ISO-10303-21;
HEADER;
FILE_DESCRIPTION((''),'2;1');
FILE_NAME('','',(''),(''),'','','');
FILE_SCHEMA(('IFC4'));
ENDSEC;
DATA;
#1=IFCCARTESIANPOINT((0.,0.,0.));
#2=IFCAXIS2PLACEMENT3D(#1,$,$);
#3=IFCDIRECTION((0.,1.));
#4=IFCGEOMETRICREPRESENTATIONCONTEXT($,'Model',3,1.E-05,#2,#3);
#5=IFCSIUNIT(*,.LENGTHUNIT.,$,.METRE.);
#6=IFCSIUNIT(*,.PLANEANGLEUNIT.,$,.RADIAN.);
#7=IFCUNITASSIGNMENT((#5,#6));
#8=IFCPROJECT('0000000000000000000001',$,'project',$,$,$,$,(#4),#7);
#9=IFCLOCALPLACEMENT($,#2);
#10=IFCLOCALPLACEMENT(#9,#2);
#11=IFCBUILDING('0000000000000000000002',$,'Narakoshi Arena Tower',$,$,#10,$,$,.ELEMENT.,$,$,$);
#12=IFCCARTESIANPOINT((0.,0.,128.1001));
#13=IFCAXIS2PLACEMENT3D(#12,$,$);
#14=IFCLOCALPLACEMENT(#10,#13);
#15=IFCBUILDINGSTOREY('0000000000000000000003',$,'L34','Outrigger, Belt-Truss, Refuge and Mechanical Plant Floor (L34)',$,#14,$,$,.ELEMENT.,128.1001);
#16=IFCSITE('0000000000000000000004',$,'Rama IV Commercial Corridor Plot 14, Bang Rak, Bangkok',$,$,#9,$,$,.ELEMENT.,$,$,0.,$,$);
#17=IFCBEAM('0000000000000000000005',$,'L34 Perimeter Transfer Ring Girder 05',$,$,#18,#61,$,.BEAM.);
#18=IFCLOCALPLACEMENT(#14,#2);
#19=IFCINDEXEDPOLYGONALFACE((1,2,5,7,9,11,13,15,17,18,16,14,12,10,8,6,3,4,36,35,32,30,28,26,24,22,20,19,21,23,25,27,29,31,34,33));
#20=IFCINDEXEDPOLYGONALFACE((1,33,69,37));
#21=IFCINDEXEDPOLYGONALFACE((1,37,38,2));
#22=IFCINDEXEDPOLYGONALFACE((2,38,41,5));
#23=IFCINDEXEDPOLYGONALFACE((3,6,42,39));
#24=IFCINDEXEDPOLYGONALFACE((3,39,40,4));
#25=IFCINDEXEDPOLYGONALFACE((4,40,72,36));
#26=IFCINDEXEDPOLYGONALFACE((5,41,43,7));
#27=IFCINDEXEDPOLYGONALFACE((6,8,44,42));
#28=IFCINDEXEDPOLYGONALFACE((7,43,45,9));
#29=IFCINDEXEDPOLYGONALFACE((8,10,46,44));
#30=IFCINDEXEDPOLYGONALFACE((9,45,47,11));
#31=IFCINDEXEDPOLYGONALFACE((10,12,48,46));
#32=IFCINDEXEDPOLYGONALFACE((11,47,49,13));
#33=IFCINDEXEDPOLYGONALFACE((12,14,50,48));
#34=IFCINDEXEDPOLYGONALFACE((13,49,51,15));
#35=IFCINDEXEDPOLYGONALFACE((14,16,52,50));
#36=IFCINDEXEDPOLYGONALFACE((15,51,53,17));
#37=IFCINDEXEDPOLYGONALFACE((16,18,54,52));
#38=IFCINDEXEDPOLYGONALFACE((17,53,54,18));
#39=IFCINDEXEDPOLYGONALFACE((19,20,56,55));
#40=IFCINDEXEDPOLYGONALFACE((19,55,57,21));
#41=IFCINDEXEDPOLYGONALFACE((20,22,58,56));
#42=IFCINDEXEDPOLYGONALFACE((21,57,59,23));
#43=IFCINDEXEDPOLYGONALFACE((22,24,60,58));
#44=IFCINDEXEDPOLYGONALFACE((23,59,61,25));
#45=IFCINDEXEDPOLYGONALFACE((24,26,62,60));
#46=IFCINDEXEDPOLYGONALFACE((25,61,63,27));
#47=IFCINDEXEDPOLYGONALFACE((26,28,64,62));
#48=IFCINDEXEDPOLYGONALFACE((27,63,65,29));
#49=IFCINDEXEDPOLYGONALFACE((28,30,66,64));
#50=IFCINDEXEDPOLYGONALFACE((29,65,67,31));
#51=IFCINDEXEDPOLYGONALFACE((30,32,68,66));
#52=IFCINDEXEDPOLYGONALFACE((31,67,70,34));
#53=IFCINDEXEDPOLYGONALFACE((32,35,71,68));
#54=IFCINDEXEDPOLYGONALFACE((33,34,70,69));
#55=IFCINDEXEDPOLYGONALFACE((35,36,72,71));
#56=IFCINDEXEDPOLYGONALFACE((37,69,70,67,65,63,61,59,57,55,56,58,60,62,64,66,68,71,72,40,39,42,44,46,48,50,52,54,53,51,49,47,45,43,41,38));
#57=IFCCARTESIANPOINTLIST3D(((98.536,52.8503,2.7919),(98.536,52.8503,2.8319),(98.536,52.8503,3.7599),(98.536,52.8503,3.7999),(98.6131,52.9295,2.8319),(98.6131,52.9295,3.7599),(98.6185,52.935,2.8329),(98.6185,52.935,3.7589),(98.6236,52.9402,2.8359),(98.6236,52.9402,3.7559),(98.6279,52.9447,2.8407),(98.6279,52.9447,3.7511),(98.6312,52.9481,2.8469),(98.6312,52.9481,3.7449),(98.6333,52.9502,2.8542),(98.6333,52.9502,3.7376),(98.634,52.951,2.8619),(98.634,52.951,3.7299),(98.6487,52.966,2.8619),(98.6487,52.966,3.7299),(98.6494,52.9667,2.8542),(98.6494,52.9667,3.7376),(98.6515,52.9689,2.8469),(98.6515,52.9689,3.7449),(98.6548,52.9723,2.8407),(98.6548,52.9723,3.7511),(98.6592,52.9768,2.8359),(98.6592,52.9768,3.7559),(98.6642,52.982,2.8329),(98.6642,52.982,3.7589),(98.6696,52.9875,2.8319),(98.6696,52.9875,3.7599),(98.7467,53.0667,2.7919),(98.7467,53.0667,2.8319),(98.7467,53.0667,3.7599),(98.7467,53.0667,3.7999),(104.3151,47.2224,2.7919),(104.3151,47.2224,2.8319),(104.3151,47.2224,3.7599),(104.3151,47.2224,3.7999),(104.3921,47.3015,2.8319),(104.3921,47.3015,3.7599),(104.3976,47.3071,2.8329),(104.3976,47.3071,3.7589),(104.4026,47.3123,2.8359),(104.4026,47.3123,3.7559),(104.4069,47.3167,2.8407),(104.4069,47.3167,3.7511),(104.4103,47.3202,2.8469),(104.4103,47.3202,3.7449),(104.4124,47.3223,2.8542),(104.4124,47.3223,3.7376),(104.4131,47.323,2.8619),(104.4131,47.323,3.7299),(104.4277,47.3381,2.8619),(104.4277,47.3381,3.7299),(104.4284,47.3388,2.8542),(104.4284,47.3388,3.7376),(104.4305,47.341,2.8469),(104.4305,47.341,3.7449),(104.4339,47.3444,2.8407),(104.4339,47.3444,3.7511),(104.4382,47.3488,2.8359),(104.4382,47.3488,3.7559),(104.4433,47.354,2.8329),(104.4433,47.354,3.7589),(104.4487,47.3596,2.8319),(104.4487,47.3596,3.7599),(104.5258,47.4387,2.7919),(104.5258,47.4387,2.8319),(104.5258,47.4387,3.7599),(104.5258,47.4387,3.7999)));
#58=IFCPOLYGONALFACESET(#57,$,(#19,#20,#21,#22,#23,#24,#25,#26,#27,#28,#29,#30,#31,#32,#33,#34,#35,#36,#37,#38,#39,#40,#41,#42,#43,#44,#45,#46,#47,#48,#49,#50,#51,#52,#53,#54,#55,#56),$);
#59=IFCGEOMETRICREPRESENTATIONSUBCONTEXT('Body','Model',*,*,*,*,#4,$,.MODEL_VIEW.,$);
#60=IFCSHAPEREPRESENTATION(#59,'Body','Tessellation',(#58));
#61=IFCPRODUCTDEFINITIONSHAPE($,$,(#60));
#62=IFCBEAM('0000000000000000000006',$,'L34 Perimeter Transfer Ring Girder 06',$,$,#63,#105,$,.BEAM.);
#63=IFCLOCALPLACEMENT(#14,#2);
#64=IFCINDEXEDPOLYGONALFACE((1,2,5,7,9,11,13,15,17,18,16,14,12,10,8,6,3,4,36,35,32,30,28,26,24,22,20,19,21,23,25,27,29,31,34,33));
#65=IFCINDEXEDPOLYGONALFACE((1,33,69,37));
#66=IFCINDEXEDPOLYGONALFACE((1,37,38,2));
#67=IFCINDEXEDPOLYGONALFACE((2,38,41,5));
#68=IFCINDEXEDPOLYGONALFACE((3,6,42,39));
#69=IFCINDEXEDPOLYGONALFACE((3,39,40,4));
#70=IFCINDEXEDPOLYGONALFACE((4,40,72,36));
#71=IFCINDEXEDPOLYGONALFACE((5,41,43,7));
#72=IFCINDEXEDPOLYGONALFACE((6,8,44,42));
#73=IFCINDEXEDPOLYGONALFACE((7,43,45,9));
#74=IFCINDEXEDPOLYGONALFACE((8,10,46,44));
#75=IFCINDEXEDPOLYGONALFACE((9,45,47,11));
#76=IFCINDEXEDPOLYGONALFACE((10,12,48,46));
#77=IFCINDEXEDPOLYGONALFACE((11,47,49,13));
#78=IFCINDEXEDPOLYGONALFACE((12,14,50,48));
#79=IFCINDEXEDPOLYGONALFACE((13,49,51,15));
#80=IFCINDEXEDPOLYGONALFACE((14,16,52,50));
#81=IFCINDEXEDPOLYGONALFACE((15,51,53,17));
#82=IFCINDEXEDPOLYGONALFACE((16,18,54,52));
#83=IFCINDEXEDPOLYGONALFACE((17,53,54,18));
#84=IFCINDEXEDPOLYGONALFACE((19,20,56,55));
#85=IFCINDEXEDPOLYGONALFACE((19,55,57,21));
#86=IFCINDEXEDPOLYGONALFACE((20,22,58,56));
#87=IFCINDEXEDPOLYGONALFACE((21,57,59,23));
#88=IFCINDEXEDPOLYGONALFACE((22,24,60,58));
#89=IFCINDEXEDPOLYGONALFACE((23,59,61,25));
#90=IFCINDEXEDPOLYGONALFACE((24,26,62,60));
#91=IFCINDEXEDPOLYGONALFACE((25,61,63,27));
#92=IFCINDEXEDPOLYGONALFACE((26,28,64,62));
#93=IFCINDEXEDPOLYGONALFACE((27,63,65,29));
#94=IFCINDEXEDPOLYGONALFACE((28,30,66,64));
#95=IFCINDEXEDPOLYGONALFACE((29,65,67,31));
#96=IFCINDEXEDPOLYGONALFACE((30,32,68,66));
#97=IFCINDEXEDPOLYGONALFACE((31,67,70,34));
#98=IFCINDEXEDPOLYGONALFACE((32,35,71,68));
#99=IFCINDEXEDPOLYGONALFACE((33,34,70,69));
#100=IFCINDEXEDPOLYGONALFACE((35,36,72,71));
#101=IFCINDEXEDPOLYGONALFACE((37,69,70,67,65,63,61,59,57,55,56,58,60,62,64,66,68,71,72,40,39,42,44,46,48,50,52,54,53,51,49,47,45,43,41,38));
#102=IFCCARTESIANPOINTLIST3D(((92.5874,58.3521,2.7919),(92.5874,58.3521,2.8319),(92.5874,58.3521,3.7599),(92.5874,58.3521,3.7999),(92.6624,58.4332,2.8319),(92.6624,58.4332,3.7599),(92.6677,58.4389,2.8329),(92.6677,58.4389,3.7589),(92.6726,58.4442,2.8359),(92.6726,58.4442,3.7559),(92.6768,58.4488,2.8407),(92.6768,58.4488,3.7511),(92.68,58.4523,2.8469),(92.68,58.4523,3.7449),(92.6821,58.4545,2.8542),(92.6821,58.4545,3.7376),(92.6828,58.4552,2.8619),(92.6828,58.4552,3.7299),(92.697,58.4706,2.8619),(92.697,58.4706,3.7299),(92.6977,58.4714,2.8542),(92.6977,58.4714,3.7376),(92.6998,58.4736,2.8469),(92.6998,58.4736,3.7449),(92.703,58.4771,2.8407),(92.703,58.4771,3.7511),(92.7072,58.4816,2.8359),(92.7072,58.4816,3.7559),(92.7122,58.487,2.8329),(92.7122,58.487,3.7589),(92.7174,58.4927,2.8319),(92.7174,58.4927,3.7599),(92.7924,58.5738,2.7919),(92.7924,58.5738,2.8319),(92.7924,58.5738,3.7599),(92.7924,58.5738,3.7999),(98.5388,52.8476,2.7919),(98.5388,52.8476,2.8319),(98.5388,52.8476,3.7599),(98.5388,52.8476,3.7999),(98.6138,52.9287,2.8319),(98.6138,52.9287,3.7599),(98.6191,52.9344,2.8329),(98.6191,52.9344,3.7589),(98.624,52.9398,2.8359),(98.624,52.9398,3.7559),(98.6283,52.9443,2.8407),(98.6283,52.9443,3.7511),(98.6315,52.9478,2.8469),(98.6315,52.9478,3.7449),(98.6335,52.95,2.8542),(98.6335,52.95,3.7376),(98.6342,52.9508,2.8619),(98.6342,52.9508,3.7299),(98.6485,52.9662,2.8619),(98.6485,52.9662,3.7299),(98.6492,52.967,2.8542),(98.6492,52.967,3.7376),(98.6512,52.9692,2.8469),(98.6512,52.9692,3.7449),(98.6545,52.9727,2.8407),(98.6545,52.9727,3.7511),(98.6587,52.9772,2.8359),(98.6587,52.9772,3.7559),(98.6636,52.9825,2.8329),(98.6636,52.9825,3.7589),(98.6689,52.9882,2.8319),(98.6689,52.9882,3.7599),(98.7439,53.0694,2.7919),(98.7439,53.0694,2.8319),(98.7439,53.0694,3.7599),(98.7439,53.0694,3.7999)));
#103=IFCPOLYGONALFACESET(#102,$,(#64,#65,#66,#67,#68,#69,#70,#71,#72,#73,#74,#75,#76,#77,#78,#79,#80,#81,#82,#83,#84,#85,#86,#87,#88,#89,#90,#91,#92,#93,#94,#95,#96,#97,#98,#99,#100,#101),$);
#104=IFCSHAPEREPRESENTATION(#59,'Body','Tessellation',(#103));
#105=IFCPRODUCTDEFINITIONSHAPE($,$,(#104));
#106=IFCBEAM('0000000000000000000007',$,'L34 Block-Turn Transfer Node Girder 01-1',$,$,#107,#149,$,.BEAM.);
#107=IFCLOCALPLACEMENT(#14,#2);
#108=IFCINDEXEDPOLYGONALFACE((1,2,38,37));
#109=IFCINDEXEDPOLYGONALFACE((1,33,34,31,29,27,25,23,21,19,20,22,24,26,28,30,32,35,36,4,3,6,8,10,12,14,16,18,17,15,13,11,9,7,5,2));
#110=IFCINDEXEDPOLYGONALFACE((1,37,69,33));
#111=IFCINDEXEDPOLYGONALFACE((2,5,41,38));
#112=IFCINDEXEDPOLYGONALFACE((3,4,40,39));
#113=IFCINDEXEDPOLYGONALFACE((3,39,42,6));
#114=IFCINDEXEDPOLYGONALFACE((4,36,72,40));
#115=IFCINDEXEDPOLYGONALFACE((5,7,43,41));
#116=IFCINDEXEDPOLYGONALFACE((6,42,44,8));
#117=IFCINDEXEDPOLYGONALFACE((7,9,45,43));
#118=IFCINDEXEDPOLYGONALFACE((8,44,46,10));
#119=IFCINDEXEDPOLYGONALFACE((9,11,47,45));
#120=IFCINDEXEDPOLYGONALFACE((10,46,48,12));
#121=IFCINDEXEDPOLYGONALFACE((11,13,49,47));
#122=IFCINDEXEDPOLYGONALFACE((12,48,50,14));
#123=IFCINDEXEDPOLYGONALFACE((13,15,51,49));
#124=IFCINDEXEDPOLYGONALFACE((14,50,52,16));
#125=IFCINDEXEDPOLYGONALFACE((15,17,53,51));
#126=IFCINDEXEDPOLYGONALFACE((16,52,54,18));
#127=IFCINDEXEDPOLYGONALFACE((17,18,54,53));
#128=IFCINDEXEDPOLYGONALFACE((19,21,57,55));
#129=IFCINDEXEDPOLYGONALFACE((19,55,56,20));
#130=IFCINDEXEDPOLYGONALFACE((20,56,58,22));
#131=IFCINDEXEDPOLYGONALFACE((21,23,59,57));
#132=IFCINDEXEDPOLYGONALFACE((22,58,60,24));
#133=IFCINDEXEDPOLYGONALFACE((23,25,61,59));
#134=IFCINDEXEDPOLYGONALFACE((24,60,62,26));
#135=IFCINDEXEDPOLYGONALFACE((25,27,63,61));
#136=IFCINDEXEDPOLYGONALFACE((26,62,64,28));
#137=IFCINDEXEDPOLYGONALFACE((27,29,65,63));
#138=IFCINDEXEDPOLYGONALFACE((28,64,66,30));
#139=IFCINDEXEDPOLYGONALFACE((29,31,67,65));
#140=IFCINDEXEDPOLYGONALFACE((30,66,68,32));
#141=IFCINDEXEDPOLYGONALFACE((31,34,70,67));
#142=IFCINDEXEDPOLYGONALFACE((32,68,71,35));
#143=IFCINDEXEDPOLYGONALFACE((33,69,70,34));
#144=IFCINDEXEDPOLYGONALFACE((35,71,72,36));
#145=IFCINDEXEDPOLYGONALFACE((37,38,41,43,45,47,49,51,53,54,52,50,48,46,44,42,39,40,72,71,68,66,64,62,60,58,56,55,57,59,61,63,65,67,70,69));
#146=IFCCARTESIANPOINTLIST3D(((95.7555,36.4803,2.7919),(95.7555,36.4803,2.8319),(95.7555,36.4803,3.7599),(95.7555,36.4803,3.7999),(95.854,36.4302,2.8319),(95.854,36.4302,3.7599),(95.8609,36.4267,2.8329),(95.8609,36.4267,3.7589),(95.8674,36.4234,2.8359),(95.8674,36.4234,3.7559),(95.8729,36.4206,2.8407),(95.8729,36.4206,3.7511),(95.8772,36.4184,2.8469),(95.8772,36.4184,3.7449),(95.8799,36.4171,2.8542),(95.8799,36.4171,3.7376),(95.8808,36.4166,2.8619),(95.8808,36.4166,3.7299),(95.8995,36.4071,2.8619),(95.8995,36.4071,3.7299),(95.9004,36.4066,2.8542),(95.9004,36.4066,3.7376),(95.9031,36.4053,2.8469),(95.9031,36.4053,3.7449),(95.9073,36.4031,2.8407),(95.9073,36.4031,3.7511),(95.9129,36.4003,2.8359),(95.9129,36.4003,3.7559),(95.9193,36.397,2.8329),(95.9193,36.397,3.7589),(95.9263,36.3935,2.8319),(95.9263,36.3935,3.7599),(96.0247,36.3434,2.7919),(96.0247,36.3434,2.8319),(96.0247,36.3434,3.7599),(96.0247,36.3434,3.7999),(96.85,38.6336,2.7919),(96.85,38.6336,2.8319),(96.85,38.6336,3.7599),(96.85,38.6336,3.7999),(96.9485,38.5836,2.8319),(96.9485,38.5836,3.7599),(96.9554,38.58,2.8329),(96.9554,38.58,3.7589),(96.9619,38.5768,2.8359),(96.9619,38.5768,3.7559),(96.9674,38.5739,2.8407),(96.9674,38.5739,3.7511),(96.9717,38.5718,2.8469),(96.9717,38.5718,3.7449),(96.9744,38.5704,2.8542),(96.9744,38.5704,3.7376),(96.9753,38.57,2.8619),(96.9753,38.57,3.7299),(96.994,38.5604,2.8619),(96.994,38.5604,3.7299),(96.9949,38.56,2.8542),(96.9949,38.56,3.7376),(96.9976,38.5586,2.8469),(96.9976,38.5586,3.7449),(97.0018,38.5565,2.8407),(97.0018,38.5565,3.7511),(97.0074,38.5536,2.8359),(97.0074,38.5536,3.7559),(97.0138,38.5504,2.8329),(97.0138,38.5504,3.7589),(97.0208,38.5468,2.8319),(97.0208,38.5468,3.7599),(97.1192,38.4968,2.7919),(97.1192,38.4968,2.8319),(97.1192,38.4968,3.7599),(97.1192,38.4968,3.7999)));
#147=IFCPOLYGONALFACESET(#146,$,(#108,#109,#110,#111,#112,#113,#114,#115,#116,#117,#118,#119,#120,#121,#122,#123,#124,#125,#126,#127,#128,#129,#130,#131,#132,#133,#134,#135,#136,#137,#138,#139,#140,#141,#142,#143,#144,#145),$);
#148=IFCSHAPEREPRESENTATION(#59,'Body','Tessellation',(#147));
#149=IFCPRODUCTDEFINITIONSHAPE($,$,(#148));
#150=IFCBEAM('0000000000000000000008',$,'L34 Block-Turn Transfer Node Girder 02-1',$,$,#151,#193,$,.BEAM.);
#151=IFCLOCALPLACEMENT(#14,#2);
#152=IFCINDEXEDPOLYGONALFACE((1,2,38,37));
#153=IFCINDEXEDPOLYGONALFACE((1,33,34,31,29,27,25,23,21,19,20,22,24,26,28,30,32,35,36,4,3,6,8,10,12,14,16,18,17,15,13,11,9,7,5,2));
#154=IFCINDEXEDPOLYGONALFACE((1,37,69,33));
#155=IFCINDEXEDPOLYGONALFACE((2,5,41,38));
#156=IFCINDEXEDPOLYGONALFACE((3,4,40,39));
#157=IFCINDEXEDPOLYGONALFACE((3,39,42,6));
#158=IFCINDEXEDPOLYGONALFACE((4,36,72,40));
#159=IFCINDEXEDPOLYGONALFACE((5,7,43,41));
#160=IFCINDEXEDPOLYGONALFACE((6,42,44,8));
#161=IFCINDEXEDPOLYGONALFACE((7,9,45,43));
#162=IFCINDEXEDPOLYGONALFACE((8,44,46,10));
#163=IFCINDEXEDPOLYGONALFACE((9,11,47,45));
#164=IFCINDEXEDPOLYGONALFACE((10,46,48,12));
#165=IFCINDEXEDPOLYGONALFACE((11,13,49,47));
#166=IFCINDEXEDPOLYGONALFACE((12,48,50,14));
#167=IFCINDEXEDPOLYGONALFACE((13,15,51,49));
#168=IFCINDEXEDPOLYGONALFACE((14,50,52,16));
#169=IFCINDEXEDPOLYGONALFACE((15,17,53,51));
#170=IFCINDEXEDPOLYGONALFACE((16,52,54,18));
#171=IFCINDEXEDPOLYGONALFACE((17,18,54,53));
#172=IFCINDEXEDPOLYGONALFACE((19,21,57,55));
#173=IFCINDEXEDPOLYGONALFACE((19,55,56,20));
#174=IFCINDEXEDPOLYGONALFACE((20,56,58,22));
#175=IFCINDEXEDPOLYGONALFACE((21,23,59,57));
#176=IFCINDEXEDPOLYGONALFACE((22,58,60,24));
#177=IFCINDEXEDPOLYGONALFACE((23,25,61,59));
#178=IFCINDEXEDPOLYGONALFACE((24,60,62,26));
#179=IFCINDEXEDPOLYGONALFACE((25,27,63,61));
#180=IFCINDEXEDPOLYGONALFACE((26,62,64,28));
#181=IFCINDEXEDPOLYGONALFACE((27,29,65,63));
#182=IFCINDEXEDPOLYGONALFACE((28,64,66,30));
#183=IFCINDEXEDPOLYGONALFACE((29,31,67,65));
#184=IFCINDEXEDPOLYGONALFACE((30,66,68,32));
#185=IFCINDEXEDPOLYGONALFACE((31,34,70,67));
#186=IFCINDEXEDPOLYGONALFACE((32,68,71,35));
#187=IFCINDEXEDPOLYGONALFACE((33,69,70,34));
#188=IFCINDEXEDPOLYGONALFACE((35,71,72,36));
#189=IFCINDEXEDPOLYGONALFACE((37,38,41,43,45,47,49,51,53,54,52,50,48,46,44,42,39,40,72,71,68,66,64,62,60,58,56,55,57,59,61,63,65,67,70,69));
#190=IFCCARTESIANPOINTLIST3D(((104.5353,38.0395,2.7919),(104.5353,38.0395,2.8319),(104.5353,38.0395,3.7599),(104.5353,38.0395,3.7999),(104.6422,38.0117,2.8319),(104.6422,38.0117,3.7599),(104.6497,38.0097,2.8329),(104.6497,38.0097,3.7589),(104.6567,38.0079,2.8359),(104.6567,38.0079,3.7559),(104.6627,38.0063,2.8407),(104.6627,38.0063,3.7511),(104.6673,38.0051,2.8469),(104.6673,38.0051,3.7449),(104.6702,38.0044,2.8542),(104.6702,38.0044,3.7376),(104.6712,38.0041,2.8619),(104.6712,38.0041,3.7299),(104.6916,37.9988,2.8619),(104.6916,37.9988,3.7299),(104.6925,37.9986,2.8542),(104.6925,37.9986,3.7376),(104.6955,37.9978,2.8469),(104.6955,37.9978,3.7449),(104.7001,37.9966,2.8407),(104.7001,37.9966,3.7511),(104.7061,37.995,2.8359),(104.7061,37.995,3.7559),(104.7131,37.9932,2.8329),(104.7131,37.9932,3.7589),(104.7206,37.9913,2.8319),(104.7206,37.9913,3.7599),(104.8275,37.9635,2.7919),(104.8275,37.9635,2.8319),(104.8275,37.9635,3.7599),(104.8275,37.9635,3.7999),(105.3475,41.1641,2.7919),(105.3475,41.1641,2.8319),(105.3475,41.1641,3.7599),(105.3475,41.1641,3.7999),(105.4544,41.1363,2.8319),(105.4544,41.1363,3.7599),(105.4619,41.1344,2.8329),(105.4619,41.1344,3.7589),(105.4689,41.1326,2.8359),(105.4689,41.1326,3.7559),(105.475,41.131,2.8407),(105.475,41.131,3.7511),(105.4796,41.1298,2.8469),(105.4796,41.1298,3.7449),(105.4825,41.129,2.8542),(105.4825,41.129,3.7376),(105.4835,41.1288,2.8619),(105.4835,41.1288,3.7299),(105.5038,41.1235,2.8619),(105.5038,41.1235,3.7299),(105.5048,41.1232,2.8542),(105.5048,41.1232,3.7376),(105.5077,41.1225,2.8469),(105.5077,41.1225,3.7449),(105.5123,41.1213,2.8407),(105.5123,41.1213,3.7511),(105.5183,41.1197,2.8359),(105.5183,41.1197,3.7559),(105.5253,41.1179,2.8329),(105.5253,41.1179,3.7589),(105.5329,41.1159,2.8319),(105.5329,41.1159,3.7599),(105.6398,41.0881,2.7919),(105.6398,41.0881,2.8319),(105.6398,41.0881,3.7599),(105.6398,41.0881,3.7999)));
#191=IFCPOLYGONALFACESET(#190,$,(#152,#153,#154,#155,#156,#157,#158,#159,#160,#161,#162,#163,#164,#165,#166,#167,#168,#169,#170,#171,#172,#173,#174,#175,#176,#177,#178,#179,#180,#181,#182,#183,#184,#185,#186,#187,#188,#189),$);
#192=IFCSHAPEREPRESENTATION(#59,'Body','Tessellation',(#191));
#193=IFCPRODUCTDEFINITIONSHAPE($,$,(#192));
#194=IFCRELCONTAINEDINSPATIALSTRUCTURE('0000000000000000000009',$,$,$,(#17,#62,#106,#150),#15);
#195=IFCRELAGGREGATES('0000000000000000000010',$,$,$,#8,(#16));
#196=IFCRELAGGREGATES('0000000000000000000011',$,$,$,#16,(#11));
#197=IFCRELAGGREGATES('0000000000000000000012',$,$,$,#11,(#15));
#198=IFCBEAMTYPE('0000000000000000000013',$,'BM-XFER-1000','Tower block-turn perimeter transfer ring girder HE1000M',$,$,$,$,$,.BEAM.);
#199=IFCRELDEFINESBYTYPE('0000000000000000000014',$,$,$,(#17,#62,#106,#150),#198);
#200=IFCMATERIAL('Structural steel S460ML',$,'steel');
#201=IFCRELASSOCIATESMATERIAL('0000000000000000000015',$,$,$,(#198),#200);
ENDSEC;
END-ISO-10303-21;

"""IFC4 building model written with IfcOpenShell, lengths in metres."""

from ifc_helpers import new_model, si_unit, direction, frame, origin, origin_2d, place, context, subcontext, project, spatial, i_section, extrude, material, material_profile, profile_set, type_object, element, save


model = new_model("IFC4")

# Units and contexts
model_context = context("Model", 3, precision=1e-05, world=origin(), true_north=direction((0.0, 1.0)))
body_context = subcontext(model_context, "Body", "Model", "MODEL_VIEW")
ifc_project = project(units=[si_unit("LENGTHUNIT", "METRE"), si_unit("PLANEANGLEUNIT", "RADIAN")], contexts=[model_context])

# Site, building, storey
site_placement = place(None, origin())
site = spatial("IfcSite", under=ifc_project, at=site_placement, Name="Rama IV Commercial Corridor Plot 14, Bang Rak, Bangkok", CompositionType="ELEMENT", RefElevation=0.0)
building_placement = place(site_placement, origin())
building = spatial("IfcBuilding", under=site, at=building_placement, Name="Narakoshi Arena Tower", CompositionType="ELEMENT")
storey_placement = place(building_placement, frame((0.0, 0.0, 128.1001)))
storey = spatial("IfcBuildingStorey", under=building, at=storey_placement, Name="L34", Description="Outrigger, Belt-Truss, Refuge and Mechanical Plant Floor (L34)", CompositionType="ELEMENT", Elevation=128.1001)

# Shared definitions
ifc_material_1 = material(Name="Structural steel S460ML", Category="steel")

# Beams
ifc_material_profile_1 = material_profile(ifc_material_1, i_section(OverallWidth=0.302, OverallDepth=1.0081, WebThickness=0.021, FlangeThickness=0.04, FilletRadius=0.03, at=origin_2d()), Name="HE1000M")
ifc_profile_set_1 = profile_set([ifc_material_profile_1], Name="Structural steel S460ML")
beam_type_1 = type_object("IfcBeamType", Name="BM-XFER-1000", Description="Tower block-turn perimeter transfer ring girder HE1000M", PredefinedType="BEAM", material=ifc_profile_set_1)
beam_1_placement = place(storey_placement, frame((104.4204, 47.3306, 3.2959), z_axis=(-0.716412, 0.697678, 0.0), x_axis=(-0.697678, -0.716412, 0.0)))
element("IfcBeam", 1, at=beam_1_placement, inside=storey, type_object=beam_type_1, Name="L34 Perimeter Transfer Ring Girder 05", PredefinedType="BEAM", context=body_context, shape_type="SweptSolid", body=[
    extrude(i_section(OverallWidth=0.302, OverallDepth=1.0081, WebThickness=0.021, FlangeThickness=0.04, FilletRadius=0.03, at=origin_2d()), origin(), (0.0, 0.0, 1.0), 8.0667),
])
beam_2_placement = place(storey_placement, frame((98.6414, 52.9585, 3.2959), z_axis=(-0.73414, 0.678998, 0.0), x_axis=(-0.678998, -0.73414, 0.0)))
element("IfcBeam", 2, at=beam_2_placement, inside=storey, type_object=beam_type_1, Name="L34 Perimeter Transfer Ring Girder 06", PredefinedType="BEAM", context=body_context, shape_type="SweptSolid", body=[
    extrude(i_section(OverallWidth=0.302, OverallDepth=1.0081, WebThickness=0.021, FlangeThickness=0.04, FilletRadius=0.03, at=origin_2d()), origin(), (0.0, 0.0, 1.0), 8.1067),
])
beam_3_placement = place(storey_placement, frame((95.8901, 36.4119, 3.2959), z_axis=(0.453106, 0.891456, 0.0), x_axis=(-0.891456, 0.453106, 0.0)))
element("IfcBeam", 3, at=beam_3_placement, inside=storey, type_object=beam_type_1, Name="L34 Block-Turn Transfer Node Girder 01-1", PredefinedType="BEAM", context=body_context, shape_type="SweptSolid", body=[
    extrude(i_section(OverallWidth=0.302, OverallDepth=1.0081, WebThickness=0.021, FlangeThickness=0.04, FilletRadius=0.03, at=origin_2d()), origin(), (0.0, 0.0, 1.0), 2.4155),
])
beam_4_placement = place(storey_placement, frame((104.6814, 38.0015, 3.2959), z_axis=(0.251581, 0.967836, 0.0), x_axis=(-0.967836, 0.251581, 0.0)))
element("IfcBeam", 4, at=beam_4_placement, inside=storey, type_object=beam_type_1, Name="L34 Block-Turn Transfer Node Girder 02-1", PredefinedType="BEAM", context=body_context, shape_type="SweptSolid", body=[
    extrude(i_section(OverallWidth=0.302, OverallDepth=1.0081, WebThickness=0.021, FlangeThickness=0.04, FilletRadius=0.03, at=origin_2d()), origin(), (0.0, 0.0, 1.0), 3.2285),
])

save(model, "model.ifc")
